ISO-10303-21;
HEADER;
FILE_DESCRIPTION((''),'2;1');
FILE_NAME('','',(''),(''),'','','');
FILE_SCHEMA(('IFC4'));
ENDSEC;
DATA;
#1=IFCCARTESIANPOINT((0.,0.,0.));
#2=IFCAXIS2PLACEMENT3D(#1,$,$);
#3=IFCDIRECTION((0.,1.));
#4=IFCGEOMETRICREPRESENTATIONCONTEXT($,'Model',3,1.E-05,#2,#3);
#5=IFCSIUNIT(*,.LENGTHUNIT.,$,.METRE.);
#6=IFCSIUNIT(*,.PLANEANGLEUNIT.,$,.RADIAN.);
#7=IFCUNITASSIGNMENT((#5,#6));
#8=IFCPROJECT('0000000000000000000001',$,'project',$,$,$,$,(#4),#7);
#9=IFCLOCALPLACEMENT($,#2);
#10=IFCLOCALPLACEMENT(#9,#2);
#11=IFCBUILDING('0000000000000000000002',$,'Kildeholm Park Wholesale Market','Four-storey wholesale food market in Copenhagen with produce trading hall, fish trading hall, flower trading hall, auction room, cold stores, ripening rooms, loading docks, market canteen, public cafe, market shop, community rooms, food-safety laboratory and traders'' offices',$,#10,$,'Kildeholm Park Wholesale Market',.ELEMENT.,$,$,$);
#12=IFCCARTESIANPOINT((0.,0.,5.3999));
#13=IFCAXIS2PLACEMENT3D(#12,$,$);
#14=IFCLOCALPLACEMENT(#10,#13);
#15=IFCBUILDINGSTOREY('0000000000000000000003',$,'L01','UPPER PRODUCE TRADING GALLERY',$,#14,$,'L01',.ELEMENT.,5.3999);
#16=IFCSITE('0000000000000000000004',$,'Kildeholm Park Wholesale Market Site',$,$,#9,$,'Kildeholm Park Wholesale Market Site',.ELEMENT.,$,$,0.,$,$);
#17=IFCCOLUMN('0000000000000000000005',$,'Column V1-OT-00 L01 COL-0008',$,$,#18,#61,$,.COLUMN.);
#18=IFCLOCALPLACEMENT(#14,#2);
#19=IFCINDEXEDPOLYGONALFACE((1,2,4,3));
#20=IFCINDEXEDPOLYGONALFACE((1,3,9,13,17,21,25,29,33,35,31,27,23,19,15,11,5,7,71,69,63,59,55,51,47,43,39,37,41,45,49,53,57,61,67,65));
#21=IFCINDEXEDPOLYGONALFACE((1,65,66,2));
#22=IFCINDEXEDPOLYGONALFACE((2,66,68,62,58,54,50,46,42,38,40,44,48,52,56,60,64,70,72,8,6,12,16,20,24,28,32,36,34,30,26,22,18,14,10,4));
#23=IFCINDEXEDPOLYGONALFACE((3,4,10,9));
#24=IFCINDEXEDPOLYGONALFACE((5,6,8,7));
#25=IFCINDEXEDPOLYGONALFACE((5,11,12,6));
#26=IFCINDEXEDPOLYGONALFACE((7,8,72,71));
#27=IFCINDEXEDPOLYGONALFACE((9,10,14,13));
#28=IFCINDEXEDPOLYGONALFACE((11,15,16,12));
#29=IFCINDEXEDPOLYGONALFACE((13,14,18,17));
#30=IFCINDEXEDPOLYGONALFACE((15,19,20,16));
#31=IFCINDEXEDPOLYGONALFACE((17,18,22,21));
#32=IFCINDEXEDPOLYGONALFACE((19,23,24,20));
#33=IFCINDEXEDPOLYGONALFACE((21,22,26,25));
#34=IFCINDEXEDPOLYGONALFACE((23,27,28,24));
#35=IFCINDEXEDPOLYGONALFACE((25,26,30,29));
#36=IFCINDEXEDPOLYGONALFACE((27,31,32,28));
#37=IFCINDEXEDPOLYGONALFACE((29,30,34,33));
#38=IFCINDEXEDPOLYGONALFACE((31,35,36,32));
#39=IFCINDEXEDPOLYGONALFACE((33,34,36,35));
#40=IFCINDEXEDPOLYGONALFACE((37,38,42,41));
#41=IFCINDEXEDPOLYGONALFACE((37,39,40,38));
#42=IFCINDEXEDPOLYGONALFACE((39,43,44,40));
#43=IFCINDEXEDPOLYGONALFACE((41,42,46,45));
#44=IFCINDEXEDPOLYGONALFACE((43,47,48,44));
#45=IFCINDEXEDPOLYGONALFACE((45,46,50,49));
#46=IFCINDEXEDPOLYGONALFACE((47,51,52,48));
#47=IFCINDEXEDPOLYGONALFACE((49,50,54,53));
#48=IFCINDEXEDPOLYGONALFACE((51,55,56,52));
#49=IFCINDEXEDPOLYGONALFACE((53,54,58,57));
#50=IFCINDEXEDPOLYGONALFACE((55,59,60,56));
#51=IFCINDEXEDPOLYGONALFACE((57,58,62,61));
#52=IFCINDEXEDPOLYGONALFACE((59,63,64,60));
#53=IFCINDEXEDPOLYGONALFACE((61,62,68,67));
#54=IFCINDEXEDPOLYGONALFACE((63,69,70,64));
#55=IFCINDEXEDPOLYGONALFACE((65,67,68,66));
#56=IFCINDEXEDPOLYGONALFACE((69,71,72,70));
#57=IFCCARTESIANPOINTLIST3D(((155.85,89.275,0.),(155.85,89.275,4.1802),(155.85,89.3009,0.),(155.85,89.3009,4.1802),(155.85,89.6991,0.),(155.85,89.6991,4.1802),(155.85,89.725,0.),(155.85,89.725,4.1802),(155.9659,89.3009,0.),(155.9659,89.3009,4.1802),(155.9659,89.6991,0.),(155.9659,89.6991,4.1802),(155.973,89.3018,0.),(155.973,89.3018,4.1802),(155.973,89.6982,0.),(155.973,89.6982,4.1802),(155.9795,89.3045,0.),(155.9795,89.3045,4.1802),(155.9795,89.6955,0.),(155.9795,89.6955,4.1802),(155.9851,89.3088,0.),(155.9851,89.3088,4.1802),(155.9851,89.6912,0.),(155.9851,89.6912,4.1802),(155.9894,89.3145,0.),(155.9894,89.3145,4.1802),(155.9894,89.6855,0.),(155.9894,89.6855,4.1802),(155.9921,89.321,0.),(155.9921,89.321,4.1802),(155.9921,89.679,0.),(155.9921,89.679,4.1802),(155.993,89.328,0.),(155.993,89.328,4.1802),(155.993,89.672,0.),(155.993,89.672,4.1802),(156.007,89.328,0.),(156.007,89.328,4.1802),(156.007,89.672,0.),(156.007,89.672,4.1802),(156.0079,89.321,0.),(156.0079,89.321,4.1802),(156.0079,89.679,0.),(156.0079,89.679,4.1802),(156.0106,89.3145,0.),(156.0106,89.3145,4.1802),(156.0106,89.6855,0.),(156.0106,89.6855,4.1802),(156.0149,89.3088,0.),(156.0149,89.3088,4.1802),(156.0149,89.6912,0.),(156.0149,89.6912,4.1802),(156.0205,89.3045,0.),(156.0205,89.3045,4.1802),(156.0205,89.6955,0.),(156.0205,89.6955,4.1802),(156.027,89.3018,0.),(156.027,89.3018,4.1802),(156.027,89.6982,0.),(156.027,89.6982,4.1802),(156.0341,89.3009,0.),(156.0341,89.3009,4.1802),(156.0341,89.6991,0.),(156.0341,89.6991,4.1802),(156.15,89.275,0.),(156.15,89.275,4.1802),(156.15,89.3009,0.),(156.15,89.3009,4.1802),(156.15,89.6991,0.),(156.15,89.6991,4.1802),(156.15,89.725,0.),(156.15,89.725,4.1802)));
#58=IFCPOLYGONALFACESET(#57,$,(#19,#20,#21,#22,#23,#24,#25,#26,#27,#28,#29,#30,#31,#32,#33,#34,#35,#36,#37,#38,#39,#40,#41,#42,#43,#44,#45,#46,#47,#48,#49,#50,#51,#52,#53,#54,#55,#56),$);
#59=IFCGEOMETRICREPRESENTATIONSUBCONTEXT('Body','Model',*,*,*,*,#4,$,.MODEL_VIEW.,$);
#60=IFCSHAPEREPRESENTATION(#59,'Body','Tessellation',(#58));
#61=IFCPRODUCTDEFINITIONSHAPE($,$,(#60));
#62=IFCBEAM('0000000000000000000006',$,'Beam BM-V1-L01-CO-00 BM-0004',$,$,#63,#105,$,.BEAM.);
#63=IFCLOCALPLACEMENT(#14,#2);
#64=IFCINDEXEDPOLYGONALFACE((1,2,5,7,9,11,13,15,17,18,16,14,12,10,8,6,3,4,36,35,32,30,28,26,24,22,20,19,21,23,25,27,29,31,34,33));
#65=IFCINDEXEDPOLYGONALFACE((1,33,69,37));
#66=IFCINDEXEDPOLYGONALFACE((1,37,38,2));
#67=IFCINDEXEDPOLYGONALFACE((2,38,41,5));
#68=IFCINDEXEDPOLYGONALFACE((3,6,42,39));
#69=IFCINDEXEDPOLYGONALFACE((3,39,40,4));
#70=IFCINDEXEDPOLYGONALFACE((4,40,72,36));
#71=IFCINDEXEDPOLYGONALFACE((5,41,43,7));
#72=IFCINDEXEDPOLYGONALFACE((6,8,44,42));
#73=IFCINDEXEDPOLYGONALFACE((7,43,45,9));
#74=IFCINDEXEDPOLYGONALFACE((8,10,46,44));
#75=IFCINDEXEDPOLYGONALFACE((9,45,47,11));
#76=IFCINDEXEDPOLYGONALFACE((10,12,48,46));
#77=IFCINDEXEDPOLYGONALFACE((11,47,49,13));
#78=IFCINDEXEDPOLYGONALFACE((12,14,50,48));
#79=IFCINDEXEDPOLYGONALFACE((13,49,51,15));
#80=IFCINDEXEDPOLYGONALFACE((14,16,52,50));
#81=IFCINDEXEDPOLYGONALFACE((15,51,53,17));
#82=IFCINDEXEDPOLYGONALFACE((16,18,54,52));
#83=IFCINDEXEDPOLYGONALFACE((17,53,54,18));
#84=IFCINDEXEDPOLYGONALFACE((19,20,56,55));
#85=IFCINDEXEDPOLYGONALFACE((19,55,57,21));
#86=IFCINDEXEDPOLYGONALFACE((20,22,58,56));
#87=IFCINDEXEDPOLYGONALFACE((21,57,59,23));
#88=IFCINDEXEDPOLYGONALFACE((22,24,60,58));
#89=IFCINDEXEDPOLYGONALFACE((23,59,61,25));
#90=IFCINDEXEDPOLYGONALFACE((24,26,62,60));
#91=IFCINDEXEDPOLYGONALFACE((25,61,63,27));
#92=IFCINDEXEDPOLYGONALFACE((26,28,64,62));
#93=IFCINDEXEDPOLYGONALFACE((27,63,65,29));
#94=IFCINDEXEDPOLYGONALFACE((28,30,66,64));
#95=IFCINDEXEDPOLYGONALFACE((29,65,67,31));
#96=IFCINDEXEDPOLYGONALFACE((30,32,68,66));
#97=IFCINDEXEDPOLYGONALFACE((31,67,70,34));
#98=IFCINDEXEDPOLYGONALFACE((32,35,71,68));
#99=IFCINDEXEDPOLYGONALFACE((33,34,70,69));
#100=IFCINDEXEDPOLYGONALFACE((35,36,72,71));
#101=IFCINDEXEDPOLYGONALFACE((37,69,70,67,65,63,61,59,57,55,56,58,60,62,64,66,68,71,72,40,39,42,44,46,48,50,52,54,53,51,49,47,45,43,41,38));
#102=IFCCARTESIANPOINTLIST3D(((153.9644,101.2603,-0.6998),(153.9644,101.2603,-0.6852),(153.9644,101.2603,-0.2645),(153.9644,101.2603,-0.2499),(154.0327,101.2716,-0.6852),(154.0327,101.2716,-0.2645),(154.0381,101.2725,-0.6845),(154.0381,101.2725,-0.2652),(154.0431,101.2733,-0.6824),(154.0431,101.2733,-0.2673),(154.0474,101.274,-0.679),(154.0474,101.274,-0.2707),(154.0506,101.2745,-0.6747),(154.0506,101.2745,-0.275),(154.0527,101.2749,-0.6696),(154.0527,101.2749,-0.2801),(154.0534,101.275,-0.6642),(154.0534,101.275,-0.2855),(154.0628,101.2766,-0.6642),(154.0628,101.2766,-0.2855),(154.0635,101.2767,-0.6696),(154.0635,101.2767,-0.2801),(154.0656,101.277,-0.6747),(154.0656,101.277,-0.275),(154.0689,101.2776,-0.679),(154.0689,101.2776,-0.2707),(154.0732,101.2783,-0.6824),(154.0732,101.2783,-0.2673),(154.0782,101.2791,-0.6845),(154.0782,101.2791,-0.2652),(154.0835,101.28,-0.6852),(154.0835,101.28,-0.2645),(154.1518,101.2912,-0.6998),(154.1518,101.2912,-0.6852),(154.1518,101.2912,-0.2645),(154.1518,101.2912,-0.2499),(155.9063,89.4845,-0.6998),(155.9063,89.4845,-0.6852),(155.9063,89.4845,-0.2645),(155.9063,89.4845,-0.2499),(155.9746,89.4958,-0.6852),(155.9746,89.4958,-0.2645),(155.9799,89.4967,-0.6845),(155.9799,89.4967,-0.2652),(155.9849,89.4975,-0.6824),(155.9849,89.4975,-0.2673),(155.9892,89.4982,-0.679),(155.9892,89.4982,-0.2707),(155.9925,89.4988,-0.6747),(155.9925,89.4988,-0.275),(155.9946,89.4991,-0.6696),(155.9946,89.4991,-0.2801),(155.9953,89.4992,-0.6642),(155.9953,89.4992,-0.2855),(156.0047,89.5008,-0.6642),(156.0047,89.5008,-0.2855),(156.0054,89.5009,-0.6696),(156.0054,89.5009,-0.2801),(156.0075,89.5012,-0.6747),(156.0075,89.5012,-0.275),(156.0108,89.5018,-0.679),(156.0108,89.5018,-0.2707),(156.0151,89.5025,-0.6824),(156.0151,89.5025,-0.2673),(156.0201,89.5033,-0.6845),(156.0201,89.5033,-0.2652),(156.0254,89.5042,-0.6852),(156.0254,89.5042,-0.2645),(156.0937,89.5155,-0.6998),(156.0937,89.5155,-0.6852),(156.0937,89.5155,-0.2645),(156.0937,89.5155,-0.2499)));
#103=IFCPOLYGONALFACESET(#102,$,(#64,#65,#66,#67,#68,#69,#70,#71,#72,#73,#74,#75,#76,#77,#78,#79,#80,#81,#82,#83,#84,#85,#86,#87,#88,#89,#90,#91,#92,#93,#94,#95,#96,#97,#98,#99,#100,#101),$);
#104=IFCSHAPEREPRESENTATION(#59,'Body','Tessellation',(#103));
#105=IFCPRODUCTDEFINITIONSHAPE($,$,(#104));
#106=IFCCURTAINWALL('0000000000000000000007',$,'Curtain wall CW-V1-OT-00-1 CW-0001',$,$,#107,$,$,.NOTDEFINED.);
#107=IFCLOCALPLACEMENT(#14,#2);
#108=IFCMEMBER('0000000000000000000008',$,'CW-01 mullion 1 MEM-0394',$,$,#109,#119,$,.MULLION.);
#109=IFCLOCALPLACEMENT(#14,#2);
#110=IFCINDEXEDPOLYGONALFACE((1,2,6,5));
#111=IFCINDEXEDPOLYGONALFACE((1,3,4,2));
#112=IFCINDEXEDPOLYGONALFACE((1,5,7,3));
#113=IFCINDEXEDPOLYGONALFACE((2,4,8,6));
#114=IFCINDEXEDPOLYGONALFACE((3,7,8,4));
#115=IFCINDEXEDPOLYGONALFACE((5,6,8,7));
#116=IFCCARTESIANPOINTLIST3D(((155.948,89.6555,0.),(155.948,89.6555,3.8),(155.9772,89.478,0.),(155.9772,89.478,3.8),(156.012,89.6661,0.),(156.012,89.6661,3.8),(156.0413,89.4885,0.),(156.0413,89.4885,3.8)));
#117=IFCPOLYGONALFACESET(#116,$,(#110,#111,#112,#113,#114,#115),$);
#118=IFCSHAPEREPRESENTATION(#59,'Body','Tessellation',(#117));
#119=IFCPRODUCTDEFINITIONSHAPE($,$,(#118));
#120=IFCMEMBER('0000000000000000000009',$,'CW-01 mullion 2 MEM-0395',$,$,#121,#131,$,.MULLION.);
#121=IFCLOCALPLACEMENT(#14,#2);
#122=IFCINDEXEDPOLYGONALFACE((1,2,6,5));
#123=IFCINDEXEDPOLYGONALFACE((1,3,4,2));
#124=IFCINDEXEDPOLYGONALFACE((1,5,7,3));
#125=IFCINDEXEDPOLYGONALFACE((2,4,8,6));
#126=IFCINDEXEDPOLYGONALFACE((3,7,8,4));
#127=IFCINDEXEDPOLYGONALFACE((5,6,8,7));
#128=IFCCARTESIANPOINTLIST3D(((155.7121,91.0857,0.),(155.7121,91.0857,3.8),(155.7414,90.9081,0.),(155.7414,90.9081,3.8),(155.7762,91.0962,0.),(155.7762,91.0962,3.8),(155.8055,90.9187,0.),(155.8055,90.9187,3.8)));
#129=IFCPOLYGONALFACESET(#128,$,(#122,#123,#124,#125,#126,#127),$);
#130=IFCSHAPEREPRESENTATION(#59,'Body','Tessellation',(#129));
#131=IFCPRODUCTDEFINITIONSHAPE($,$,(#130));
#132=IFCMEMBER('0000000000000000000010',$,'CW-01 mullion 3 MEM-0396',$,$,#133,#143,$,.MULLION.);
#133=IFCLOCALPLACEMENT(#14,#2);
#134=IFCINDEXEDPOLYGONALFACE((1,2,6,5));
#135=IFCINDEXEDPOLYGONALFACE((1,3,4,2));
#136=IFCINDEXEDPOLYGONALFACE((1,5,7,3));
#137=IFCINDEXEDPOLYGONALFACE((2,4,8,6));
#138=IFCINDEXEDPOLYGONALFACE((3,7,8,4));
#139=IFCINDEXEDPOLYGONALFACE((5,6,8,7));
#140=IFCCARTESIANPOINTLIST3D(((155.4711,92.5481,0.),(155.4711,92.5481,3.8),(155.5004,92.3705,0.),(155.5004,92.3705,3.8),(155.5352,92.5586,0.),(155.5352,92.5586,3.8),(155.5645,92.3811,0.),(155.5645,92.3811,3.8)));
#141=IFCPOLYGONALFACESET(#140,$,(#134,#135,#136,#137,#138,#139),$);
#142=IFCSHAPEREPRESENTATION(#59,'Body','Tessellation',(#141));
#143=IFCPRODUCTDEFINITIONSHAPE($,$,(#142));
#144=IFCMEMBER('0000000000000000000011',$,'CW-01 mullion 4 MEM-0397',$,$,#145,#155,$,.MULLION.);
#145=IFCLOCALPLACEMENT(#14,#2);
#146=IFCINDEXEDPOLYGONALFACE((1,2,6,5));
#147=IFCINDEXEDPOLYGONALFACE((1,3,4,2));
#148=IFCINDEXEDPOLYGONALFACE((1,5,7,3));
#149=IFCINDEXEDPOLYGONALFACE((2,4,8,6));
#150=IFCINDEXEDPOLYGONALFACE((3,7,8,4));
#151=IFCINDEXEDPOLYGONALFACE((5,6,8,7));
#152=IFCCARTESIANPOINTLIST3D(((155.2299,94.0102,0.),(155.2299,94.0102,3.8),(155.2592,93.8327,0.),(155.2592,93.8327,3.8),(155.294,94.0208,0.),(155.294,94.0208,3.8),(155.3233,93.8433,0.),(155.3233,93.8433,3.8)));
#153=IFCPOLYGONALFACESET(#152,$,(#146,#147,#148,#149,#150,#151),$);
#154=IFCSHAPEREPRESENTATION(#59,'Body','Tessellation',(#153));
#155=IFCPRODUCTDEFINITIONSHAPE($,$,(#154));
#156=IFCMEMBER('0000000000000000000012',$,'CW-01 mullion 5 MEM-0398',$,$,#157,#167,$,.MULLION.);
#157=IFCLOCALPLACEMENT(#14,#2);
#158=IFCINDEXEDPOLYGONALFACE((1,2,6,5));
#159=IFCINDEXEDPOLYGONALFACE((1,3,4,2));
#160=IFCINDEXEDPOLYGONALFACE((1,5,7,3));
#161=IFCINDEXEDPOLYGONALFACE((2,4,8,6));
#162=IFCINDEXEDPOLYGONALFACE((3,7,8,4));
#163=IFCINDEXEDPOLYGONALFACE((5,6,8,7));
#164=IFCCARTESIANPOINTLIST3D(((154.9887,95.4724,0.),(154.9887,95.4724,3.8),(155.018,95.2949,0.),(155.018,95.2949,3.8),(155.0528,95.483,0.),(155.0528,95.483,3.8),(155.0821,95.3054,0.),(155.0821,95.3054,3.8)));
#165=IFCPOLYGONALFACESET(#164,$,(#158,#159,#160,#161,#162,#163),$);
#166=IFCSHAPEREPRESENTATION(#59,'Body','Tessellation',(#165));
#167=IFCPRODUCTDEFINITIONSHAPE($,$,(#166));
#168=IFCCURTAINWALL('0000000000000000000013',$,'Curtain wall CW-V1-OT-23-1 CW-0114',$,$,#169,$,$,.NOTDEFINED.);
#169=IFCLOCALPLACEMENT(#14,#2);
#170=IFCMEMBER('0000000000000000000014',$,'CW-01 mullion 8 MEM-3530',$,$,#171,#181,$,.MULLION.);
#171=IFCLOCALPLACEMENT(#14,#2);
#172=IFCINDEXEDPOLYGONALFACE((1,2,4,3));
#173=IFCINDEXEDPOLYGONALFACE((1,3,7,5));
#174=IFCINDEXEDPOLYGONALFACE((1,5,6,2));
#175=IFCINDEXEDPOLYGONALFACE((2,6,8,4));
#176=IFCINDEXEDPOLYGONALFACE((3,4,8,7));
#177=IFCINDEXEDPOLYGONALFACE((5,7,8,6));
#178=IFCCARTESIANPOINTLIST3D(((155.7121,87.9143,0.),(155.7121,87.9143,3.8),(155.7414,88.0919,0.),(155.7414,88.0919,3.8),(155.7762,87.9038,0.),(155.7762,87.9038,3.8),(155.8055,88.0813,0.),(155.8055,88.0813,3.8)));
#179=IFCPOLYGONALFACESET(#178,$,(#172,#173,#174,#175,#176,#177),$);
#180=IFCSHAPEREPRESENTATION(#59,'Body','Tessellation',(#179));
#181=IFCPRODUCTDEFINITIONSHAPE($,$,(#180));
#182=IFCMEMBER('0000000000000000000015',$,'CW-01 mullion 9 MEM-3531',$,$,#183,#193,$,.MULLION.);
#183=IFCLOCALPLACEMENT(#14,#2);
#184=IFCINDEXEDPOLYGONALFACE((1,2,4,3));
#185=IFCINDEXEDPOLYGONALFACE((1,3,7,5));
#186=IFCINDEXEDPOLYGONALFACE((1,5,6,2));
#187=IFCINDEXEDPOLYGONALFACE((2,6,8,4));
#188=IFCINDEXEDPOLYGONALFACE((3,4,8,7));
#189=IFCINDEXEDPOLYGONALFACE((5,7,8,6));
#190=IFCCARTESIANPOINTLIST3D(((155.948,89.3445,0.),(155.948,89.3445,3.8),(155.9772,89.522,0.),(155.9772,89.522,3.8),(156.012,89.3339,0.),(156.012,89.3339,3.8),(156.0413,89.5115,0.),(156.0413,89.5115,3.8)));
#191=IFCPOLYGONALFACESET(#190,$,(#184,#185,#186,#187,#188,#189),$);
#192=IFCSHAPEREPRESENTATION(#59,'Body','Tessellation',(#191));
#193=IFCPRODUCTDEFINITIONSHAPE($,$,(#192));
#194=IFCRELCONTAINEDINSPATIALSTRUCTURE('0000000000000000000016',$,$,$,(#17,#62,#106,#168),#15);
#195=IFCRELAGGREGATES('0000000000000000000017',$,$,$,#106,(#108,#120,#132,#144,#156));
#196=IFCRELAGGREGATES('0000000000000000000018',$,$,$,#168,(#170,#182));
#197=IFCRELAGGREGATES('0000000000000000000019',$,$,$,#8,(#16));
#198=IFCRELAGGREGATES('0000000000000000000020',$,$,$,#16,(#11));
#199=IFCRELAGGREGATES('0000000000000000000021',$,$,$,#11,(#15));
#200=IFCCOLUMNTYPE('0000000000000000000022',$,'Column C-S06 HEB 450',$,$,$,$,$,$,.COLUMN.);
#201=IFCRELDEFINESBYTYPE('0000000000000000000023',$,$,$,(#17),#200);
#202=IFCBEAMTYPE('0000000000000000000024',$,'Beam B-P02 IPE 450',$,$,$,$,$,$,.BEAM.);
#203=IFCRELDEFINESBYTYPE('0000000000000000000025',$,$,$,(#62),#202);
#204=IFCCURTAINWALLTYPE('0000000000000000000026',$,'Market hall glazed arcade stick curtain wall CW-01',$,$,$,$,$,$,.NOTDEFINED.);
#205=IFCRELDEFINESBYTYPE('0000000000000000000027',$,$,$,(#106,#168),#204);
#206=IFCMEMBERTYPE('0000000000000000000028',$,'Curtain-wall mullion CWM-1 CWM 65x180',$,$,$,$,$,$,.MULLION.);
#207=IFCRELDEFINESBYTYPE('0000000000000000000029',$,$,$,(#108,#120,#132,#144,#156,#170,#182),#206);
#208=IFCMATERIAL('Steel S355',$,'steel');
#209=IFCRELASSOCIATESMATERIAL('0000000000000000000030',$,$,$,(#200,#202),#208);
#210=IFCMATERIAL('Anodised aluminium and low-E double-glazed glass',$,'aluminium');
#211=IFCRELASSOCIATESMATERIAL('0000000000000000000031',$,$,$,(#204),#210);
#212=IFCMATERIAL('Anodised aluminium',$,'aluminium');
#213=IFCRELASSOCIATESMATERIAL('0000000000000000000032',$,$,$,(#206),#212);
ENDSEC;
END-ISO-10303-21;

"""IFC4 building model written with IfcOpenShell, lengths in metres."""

from ifc_helpers import new_model, si_unit, direction, frame, origin, origin_2d, place, context, subcontext, project, spatial, rectangle, i_section, extrude, material, material_profile, profile_set, type_object, element, aggregate, save


model = new_model("IFC4")

# Units and contexts
model_context = context("Model", 3, precision=1e-05, world=origin(), true_north=direction((0.0, 1.0)))
body_context = subcontext(model_context, "Body", "Model", "MODEL_VIEW")
ifc_project = project(units=[si_unit("LENGTHUNIT", "METRE"), si_unit("PLANEANGLEUNIT", "RADIAN")], contexts=[model_context])

# Site, building, storey
site_placement = place(None, origin())
site = spatial("IfcSite", under=ifc_project, at=site_placement, Name="Kildeholm Park Wholesale Market Site", LongName="Kildeholm Park Wholesale Market Site", CompositionType="ELEMENT", RefElevation=0.0)
building_placement = place(site_placement, origin())
building = spatial("IfcBuilding", under=site, at=building_placement, Name="Kildeholm Park Wholesale Market", Description="Four-storey wholesale food market in Copenhagen with produce trading hall, fish trading hall, flower trading hall, auction room, cold stores, ripening rooms, loading docks, market canteen, public cafe, market shop, community rooms, food-safety laboratory and traders' offices", LongName="Kildeholm Park Wholesale Market", CompositionType="ELEMENT")
storey_placement = place(building_placement, frame((0.0, 0.0, 5.3999)))
storey = spatial("IfcBuildingStorey", under=building, at=storey_placement, Name="L01", Description="UPPER PRODUCE TRADING GALLERY", LongName="L01", CompositionType="ELEMENT", Elevation=5.3999)

# Column
ifc_material_1 = material(Name="Steel S355", Category="steel")
ifc_material_profile_1 = material_profile(ifc_material_1, i_section(OverallWidth=0.3, OverallDepth=0.45, WebThickness=0.0139, FlangeThickness=0.0259, FilletRadius=0.0271, at=origin_2d()), Name="HEB 450")
ifc_profile_set_1 = profile_set([ifc_material_profile_1], Name="Steel S355")
column_type = type_object("IfcColumnType", Name="Column C-S06 HEB 450", PredefinedType="COLUMN", material=ifc_profile_set_1)
column_placement = place(storey_placement, frame((156.0, 89.5, 0.0), z_axis=(0.0, 0.0, 1.0), x_axis=(1.0, 0.0, 0.0)))
element("IfcColumn", 1, at=column_placement, inside=storey, type_object=column_type, Name="Column V1-OT-00 L01 COL-0008", PredefinedType="COLUMN", context=body_context, shape_type="SweptSolid", body=[
    extrude(i_section(OverallWidth=0.3, OverallDepth=0.45, WebThickness=0.0139, FlangeThickness=0.0259, FilletRadius=0.0271, at=origin_2d()), origin(), (0.0, 0.0, 1.0), 4.1802),
])

# Beam
ifc_material_profile_2 = material_profile(ifc_material_1, i_section(OverallWidth=0.1899, OverallDepth=0.45, WebThickness=0.0095, FlangeThickness=0.0146, FilletRadius=0.021, at=origin_2d()), Name="IPE 450")
ifc_profile_set_2 = profile_set([ifc_material_profile_2], Name="Steel S355")
beam_type = type_object("IfcBeamType", Name="Beam B-P02 IPE 450", PredefinedType="BEAM", material=ifc_profile_set_2)
beam_placement = place(storey_placement, frame((156.0, 89.5, -0.4749), z_axis=(-0.162707, 0.986674, 0.0), x_axis=(-0.986674, -0.162707, 0.0)))
element("IfcBeam", 2, at=beam_placement, inside=storey, type_object=beam_type, Name="Beam BM-V1-L01-CO-00 BM-0004", PredefinedType="BEAM", context=body_context, shape_type="SweptSolid", body=[
    extrude(i_section(OverallWidth=0.1899, OverallDepth=0.45, WebThickness=0.0095, FlangeThickness=0.0146, FilletRadius=0.021, at=origin_2d()), origin(), (0.0, 0.0, 1.0), 11.9348),
])

# Curtain walls, members
ifc_material_2 = material(Name="Anodised aluminium and low-E double-glazed glass", Category="aluminium")
curtain_wall_type = type_object("IfcCurtainWallType", Name="Market hall glazed arcade stick curtain wall CW-01", PredefinedType="NOTDEFINED", material=ifc_material_2)
curtain_wall_1_placement = place(storey_placement, origin())
curtain_wall_1 = element("IfcCurtainWall", 3, at=curtain_wall_1_placement, inside=storey, type_object=curtain_wall_type, Name="Curtain wall CW-V1-OT-00-1 CW-0001", PredefinedType="NOTDEFINED")
ifc_material_3 = material(Name="Anodised aluminium", Category="aluminium")
ifc_material_profile_3 = material_profile(ifc_material_3, rectangle(XDim=0.0649, YDim=0.1799, at=origin_2d()), Name="CWM 65x180")
ifc_profile_set_3 = profile_set([ifc_material_profile_3], Name="Anodised aluminium")
member_type_1 = type_object("IfcMemberType", Name="Curtain-wall mullion CWM-1 CWM 65x180", PredefinedType="MULLION", material=ifc_profile_set_3)
member_1_placement = place(storey_placement, frame((155.9946, 89.572, 0.0), z_axis=(0.0, 0.0, 1.0), x_axis=(-0.986675, -0.162703, 0.0)))
member_1 = element("IfcMember", 4, at=member_1_placement, type_object=member_type_1, Name="CW-01 mullion 1 MEM-0394", PredefinedType="MULLION", context=body_context, shape_type="SweptSolid", body=[
    extrude(rectangle(XDim=0.0649, YDim=0.1799, at=origin_2d()), origin(), (0.0, 0.0, 1.0), 3.8),
])
member_2_placement = place(storey_placement, frame((155.7588, 91.0022, 0.0), z_axis=(0.0, 0.0, 1.0), x_axis=(-0.986675, -0.162703, 0.0)))
member_2 = element("IfcMember", 5, at=member_2_placement, type_object=member_type_1, Name="CW-01 mullion 2 MEM-0395", PredefinedType="MULLION", context=body_context, shape_type="SweptSolid", body=[
    extrude(rectangle(XDim=0.0649, YDim=0.1799, at=origin_2d()), origin(), (0.0, 0.0, 1.0), 3.8),
])
member_3_placement = place(storey_placement, frame((155.5178, 92.4646, 0.0), z_axis=(0.0, 0.0, 1.0), x_axis=(-0.986675, -0.162703, 0.0)))
member_3 = element("IfcMember", 6, at=member_3_placement, type_object=member_type_1, Name="CW-01 mullion 3 MEM-0396", PredefinedType="MULLION", context=body_context, shape_type="SweptSolid", body=[
    extrude(rectangle(XDim=0.0649, YDim=0.1799, at=origin_2d()), origin(), (0.0, 0.0, 1.0), 3.8),
])
member_4_placement = place(storey_placement, frame((155.2766, 93.9268, 0.0), z_axis=(0.0, 0.0, 1.0), x_axis=(-0.986675, -0.162703, 0.0)))
member_4 = element("IfcMember", 7, at=member_4_placement, type_object=member_type_1, Name="CW-01 mullion 4 MEM-0397", PredefinedType="MULLION", context=body_context, shape_type="SweptSolid", body=[
    extrude(rectangle(XDim=0.0649, YDim=0.1799, at=origin_2d()), origin(), (0.0, 0.0, 1.0), 3.8),
])
member_5_placement = place(storey_placement, frame((155.0354, 95.3889, 0.0), z_axis=(0.0, 0.0, 1.0), x_axis=(-0.986675, -0.162703, 0.0)))
member_5 = element("IfcMember", 8, at=member_5_placement, type_object=member_type_1, Name="CW-01 mullion 5 MEM-0398", PredefinedType="MULLION", context=body_context, shape_type="SweptSolid", body=[
    extrude(rectangle(XDim=0.0649, YDim=0.1799, at=origin_2d()), origin(), (0.0, 0.0, 1.0), 3.8),
])
curtain_wall_2_placement = place(storey_placement, origin())
curtain_wall_2 = element("IfcCurtainWall", 9, at=curtain_wall_2_placement, inside=storey, type_object=curtain_wall_type, Name="Curtain wall CW-V1-OT-23-1 CW-0114", PredefinedType="NOTDEFINED")
member_6_placement = place(storey_placement, frame((155.7588, 87.9978, 0.0), z_axis=(0.0, 0.0, 1.0), x_axis=(-0.986675, 0.162703, 0.0)))
member_6 = element("IfcMember", 10, at=member_6_placement, type_object=member_type_1, Name="CW-01 mullion 8 MEM-3530", PredefinedType="MULLION", context=body_context, shape_type="SweptSolid", body=[
    extrude(rectangle(XDim=0.0649, YDim=0.1799, at=origin_2d()), origin(), (0.0, 0.0, 1.0), 3.8),
])
member_7_placement = place(storey_placement, frame((155.9946, 89.428, 0.0), z_axis=(0.0, 0.0, 1.0), x_axis=(-0.986675, 0.162703, 0.0)))
member_7 = element("IfcMember", 11, at=member_7_placement, type_object=member_type_1, Name="CW-01 mullion 9 MEM-3531", PredefinedType="MULLION", context=body_context, shape_type="SweptSolid", body=[
    extrude(rectangle(XDim=0.0649, YDim=0.1799, at=origin_2d()), origin(), (0.0, 0.0, 1.0), 3.8),
])

aggregate(curtain_wall_1, [member_1, member_2, member_3, member_4, member_5])
aggregate(curtain_wall_2, [member_6, member_7])

save(model, "model.ifc")
